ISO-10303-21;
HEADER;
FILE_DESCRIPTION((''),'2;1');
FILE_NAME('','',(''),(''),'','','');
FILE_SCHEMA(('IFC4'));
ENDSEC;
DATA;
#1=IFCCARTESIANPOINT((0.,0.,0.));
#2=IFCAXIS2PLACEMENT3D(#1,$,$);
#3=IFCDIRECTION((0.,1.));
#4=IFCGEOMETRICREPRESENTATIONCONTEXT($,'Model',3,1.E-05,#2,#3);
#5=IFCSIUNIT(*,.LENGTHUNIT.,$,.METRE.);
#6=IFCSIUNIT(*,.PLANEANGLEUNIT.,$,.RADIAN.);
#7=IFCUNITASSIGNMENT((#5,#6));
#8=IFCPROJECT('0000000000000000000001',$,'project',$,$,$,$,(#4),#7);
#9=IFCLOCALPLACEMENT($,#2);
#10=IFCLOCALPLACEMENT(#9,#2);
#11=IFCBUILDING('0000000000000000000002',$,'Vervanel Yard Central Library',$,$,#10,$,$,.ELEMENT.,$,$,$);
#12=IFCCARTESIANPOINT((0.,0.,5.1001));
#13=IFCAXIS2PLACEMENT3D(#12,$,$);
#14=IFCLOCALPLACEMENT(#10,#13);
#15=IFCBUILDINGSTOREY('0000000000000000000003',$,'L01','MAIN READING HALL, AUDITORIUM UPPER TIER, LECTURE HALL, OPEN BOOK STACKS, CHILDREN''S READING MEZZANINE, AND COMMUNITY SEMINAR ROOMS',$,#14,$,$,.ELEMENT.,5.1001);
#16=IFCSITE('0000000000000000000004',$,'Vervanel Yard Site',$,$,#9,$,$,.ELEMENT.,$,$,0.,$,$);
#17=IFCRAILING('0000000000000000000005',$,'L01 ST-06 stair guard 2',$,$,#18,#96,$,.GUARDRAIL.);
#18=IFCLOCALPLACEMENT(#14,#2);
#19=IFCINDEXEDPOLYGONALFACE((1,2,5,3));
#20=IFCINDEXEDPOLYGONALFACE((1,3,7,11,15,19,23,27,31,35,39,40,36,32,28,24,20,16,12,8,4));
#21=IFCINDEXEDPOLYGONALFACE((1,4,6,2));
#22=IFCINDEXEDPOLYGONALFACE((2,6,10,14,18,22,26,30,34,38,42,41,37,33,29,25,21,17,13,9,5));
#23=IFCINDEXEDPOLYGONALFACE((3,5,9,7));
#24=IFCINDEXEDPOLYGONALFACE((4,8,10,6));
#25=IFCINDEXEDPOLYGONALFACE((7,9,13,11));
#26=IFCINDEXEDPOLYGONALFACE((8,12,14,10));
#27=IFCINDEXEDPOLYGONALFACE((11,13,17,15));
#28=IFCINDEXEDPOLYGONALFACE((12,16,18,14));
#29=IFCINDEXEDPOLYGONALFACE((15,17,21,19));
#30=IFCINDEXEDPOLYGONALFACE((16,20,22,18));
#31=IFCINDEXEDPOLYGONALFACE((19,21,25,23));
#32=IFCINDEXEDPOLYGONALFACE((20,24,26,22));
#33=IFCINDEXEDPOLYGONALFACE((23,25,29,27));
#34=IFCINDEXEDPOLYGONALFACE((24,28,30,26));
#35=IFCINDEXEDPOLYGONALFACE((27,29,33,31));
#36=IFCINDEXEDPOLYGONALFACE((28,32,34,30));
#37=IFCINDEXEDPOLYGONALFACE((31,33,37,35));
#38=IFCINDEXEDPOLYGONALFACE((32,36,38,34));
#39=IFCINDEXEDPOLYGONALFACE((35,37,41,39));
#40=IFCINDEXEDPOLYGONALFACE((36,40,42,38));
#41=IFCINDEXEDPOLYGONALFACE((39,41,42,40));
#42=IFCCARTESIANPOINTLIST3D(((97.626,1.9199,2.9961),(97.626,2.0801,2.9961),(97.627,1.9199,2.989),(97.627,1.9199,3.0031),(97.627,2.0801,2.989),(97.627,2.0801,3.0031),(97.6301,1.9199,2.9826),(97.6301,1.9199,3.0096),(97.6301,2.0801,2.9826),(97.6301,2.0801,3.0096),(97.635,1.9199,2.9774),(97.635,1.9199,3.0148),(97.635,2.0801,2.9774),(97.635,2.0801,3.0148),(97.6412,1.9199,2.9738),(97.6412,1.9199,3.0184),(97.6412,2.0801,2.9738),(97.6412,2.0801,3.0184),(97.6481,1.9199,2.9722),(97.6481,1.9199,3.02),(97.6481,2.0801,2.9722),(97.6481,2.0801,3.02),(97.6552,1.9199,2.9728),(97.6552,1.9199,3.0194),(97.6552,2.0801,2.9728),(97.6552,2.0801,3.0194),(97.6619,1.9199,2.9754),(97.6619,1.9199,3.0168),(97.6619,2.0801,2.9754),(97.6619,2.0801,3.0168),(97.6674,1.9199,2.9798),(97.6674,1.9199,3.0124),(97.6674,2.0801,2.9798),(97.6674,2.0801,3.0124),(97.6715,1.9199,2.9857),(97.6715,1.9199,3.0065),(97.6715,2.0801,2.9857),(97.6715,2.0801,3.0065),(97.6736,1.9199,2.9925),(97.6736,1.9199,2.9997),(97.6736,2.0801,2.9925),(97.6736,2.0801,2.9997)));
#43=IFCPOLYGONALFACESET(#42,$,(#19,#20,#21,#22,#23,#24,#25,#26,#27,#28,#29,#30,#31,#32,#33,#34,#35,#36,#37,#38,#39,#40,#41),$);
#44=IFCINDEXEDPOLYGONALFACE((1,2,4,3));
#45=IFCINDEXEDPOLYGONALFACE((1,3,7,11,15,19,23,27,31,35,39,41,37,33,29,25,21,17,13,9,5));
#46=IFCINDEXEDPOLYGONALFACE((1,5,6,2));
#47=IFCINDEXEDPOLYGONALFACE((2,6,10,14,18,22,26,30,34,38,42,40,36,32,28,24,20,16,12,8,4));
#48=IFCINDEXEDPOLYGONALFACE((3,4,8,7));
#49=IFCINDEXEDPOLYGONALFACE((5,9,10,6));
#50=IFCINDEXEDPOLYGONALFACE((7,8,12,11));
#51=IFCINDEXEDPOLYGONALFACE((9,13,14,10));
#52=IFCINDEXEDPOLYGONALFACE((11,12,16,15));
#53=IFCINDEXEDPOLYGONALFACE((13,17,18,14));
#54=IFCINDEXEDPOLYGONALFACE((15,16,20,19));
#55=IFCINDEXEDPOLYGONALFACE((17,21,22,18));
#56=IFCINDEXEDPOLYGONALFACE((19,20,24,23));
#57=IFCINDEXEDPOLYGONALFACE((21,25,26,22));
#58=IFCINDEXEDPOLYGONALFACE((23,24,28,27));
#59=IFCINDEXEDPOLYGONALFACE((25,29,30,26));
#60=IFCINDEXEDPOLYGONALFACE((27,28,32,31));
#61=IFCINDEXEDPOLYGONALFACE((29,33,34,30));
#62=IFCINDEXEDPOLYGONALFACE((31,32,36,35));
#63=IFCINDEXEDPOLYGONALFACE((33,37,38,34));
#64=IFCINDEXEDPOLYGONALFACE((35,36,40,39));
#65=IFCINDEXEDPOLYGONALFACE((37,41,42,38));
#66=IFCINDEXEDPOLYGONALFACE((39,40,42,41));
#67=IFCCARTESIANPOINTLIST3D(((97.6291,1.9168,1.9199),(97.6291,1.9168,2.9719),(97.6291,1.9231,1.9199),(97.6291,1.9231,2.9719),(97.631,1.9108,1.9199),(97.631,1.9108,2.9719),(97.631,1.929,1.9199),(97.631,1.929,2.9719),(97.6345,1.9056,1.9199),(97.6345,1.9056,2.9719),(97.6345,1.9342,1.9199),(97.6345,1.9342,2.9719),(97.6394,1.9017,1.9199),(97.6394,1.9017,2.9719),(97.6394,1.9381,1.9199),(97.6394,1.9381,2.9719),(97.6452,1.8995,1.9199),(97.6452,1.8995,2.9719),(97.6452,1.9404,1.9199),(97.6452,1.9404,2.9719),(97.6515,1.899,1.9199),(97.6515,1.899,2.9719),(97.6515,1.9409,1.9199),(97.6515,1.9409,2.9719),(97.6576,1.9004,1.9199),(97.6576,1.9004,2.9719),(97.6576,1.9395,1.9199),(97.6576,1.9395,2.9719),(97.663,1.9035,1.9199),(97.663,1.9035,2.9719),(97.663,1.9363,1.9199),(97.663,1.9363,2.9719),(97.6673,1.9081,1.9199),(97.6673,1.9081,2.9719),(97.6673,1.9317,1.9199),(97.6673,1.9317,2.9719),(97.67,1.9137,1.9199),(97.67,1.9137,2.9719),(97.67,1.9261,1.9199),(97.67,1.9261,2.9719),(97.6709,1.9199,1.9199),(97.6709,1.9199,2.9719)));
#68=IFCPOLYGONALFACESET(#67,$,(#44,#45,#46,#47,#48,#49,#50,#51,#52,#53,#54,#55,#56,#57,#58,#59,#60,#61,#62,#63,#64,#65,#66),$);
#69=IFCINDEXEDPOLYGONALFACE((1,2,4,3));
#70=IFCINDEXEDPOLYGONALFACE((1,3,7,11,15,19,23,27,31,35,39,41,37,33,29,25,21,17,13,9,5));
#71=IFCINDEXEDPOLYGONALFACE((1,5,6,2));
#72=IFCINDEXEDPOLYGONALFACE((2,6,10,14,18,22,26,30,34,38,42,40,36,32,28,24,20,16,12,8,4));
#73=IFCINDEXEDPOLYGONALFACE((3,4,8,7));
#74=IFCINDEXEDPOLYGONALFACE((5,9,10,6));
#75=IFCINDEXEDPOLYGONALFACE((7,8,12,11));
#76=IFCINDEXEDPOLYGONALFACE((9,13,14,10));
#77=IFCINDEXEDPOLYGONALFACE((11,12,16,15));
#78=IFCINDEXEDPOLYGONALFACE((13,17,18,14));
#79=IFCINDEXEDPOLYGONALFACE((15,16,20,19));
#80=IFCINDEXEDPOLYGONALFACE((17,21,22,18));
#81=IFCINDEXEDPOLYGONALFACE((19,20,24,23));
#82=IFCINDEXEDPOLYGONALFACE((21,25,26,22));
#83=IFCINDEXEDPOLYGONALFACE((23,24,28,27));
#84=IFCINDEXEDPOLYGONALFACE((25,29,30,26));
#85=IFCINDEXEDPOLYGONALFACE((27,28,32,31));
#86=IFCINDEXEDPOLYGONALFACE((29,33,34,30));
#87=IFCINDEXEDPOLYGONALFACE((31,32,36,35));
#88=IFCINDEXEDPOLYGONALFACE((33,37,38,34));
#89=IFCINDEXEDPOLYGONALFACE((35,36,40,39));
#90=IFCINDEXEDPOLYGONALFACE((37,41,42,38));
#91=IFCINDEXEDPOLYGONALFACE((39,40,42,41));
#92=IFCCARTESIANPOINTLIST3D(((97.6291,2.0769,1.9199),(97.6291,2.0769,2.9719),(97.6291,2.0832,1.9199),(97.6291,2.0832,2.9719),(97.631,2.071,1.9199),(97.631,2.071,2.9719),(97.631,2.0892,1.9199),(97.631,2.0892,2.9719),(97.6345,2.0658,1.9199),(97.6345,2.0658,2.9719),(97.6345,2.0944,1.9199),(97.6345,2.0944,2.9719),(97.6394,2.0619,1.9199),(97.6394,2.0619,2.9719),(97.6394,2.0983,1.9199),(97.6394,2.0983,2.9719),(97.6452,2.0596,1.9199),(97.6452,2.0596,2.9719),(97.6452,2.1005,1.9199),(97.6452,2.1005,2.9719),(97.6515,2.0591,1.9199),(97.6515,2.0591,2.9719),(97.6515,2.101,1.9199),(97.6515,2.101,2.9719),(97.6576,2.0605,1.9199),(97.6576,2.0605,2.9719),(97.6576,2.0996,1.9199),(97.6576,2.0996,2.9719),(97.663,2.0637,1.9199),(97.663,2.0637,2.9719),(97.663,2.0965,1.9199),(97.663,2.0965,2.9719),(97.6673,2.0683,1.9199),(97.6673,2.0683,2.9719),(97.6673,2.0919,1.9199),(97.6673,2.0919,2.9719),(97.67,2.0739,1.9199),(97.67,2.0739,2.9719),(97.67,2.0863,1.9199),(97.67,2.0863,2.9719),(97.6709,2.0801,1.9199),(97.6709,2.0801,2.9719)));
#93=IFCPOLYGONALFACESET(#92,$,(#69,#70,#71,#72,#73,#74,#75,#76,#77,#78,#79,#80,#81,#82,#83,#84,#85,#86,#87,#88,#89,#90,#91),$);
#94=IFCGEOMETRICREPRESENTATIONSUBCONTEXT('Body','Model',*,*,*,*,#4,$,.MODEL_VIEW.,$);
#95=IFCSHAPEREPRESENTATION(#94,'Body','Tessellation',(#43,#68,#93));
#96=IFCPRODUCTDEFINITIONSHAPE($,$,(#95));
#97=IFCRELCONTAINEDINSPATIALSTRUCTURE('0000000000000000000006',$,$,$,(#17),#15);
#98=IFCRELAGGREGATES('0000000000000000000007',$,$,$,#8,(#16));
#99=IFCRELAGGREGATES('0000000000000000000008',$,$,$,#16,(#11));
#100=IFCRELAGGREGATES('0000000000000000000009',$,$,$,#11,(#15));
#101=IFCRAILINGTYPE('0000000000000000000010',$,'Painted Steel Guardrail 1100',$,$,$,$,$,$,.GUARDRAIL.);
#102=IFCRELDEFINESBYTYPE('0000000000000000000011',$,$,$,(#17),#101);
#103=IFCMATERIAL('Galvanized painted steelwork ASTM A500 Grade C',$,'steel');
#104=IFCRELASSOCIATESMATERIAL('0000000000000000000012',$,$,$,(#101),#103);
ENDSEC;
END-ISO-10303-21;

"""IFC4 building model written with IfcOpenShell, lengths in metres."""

from ifc_helpers import new_model, si_unit, direction, frame, origin, origin_2d, place, context, subcontext, project, spatial, circle, extrude, material, type_object, element, save


model = new_model("IFC4")

# Units and contexts
model_context = context("Model", 3, precision=1e-05, world=origin(), true_north=direction((0.0, 1.0)))
body_context = subcontext(model_context, "Body", "Model", "MODEL_VIEW")
ifc_project = project(units=[si_unit("LENGTHUNIT", "METRE"), si_unit("PLANEANGLEUNIT", "RADIAN")], contexts=[model_context])

# Site, building, storey
site_placement = place(None, origin())
site = spatial("IfcSite", under=ifc_project, at=site_placement, Name="Vervanel Yard Site", CompositionType="ELEMENT", RefElevation=0.0)
building_placement = place(site_placement, origin())
building = spatial("IfcBuilding", under=site, at=building_placement, Name="Vervanel Yard Central Library", CompositionType="ELEMENT")
storey_placement = place(building_placement, frame((0.0, 0.0, 5.1001)))
storey = spatial("IfcBuildingStorey", under=building, at=storey_placement, Name="L01", Description="MAIN READING HALL, AUDITORIUM UPPER TIER, LECTURE HALL, OPEN BOOK STACKS, CHILDREN'S READING MEZZANINE, AND COMMUNITY SEMINAR ROOMS", CompositionType="ELEMENT", Elevation=5.1001)

# Shared definitions
ifc_material_1 = material(Name="Galvanized painted steelwork ASTM A500 Grade C", Category="steel")

# Railing
railing_type_1 = type_object("IfcRailingType", Name="Painted Steel Guardrail 1100", PredefinedType="GUARDRAIL", material=ifc_material_1)
railing_1_placement = place(storey_placement, frame((97.6499, 1.9199, 1.9199)))
element("IfcRailing", 1, at=railing_1_placement, inside=storey, type_object=railing_type_1, Name="L01 ST-06 stair guard 2", PredefinedType="GUARDRAIL", context=body_context, shape_type="SweptSolid", body=[
    extrude(circle(Radius=0.0239, at=origin_2d()), frame((0.0, 0.0, 1.0762), z_axis=(0.0, 1.0, 0.0), x_axis=(-1.0, 0.0, 0.0)), (0.0, 0.0, 1.0), 0.1602),
    extrude(circle(Radius=0.021, at=origin_2d()), origin(), (0.0, 0.0, 1.0), 1.052),
    extrude(circle(Radius=0.021, at=origin_2d()), frame((0.0, 0.1602, 0.0)), (0.0, 0.0, 1.0), 1.052),
])

save(model, "model.ifc")
